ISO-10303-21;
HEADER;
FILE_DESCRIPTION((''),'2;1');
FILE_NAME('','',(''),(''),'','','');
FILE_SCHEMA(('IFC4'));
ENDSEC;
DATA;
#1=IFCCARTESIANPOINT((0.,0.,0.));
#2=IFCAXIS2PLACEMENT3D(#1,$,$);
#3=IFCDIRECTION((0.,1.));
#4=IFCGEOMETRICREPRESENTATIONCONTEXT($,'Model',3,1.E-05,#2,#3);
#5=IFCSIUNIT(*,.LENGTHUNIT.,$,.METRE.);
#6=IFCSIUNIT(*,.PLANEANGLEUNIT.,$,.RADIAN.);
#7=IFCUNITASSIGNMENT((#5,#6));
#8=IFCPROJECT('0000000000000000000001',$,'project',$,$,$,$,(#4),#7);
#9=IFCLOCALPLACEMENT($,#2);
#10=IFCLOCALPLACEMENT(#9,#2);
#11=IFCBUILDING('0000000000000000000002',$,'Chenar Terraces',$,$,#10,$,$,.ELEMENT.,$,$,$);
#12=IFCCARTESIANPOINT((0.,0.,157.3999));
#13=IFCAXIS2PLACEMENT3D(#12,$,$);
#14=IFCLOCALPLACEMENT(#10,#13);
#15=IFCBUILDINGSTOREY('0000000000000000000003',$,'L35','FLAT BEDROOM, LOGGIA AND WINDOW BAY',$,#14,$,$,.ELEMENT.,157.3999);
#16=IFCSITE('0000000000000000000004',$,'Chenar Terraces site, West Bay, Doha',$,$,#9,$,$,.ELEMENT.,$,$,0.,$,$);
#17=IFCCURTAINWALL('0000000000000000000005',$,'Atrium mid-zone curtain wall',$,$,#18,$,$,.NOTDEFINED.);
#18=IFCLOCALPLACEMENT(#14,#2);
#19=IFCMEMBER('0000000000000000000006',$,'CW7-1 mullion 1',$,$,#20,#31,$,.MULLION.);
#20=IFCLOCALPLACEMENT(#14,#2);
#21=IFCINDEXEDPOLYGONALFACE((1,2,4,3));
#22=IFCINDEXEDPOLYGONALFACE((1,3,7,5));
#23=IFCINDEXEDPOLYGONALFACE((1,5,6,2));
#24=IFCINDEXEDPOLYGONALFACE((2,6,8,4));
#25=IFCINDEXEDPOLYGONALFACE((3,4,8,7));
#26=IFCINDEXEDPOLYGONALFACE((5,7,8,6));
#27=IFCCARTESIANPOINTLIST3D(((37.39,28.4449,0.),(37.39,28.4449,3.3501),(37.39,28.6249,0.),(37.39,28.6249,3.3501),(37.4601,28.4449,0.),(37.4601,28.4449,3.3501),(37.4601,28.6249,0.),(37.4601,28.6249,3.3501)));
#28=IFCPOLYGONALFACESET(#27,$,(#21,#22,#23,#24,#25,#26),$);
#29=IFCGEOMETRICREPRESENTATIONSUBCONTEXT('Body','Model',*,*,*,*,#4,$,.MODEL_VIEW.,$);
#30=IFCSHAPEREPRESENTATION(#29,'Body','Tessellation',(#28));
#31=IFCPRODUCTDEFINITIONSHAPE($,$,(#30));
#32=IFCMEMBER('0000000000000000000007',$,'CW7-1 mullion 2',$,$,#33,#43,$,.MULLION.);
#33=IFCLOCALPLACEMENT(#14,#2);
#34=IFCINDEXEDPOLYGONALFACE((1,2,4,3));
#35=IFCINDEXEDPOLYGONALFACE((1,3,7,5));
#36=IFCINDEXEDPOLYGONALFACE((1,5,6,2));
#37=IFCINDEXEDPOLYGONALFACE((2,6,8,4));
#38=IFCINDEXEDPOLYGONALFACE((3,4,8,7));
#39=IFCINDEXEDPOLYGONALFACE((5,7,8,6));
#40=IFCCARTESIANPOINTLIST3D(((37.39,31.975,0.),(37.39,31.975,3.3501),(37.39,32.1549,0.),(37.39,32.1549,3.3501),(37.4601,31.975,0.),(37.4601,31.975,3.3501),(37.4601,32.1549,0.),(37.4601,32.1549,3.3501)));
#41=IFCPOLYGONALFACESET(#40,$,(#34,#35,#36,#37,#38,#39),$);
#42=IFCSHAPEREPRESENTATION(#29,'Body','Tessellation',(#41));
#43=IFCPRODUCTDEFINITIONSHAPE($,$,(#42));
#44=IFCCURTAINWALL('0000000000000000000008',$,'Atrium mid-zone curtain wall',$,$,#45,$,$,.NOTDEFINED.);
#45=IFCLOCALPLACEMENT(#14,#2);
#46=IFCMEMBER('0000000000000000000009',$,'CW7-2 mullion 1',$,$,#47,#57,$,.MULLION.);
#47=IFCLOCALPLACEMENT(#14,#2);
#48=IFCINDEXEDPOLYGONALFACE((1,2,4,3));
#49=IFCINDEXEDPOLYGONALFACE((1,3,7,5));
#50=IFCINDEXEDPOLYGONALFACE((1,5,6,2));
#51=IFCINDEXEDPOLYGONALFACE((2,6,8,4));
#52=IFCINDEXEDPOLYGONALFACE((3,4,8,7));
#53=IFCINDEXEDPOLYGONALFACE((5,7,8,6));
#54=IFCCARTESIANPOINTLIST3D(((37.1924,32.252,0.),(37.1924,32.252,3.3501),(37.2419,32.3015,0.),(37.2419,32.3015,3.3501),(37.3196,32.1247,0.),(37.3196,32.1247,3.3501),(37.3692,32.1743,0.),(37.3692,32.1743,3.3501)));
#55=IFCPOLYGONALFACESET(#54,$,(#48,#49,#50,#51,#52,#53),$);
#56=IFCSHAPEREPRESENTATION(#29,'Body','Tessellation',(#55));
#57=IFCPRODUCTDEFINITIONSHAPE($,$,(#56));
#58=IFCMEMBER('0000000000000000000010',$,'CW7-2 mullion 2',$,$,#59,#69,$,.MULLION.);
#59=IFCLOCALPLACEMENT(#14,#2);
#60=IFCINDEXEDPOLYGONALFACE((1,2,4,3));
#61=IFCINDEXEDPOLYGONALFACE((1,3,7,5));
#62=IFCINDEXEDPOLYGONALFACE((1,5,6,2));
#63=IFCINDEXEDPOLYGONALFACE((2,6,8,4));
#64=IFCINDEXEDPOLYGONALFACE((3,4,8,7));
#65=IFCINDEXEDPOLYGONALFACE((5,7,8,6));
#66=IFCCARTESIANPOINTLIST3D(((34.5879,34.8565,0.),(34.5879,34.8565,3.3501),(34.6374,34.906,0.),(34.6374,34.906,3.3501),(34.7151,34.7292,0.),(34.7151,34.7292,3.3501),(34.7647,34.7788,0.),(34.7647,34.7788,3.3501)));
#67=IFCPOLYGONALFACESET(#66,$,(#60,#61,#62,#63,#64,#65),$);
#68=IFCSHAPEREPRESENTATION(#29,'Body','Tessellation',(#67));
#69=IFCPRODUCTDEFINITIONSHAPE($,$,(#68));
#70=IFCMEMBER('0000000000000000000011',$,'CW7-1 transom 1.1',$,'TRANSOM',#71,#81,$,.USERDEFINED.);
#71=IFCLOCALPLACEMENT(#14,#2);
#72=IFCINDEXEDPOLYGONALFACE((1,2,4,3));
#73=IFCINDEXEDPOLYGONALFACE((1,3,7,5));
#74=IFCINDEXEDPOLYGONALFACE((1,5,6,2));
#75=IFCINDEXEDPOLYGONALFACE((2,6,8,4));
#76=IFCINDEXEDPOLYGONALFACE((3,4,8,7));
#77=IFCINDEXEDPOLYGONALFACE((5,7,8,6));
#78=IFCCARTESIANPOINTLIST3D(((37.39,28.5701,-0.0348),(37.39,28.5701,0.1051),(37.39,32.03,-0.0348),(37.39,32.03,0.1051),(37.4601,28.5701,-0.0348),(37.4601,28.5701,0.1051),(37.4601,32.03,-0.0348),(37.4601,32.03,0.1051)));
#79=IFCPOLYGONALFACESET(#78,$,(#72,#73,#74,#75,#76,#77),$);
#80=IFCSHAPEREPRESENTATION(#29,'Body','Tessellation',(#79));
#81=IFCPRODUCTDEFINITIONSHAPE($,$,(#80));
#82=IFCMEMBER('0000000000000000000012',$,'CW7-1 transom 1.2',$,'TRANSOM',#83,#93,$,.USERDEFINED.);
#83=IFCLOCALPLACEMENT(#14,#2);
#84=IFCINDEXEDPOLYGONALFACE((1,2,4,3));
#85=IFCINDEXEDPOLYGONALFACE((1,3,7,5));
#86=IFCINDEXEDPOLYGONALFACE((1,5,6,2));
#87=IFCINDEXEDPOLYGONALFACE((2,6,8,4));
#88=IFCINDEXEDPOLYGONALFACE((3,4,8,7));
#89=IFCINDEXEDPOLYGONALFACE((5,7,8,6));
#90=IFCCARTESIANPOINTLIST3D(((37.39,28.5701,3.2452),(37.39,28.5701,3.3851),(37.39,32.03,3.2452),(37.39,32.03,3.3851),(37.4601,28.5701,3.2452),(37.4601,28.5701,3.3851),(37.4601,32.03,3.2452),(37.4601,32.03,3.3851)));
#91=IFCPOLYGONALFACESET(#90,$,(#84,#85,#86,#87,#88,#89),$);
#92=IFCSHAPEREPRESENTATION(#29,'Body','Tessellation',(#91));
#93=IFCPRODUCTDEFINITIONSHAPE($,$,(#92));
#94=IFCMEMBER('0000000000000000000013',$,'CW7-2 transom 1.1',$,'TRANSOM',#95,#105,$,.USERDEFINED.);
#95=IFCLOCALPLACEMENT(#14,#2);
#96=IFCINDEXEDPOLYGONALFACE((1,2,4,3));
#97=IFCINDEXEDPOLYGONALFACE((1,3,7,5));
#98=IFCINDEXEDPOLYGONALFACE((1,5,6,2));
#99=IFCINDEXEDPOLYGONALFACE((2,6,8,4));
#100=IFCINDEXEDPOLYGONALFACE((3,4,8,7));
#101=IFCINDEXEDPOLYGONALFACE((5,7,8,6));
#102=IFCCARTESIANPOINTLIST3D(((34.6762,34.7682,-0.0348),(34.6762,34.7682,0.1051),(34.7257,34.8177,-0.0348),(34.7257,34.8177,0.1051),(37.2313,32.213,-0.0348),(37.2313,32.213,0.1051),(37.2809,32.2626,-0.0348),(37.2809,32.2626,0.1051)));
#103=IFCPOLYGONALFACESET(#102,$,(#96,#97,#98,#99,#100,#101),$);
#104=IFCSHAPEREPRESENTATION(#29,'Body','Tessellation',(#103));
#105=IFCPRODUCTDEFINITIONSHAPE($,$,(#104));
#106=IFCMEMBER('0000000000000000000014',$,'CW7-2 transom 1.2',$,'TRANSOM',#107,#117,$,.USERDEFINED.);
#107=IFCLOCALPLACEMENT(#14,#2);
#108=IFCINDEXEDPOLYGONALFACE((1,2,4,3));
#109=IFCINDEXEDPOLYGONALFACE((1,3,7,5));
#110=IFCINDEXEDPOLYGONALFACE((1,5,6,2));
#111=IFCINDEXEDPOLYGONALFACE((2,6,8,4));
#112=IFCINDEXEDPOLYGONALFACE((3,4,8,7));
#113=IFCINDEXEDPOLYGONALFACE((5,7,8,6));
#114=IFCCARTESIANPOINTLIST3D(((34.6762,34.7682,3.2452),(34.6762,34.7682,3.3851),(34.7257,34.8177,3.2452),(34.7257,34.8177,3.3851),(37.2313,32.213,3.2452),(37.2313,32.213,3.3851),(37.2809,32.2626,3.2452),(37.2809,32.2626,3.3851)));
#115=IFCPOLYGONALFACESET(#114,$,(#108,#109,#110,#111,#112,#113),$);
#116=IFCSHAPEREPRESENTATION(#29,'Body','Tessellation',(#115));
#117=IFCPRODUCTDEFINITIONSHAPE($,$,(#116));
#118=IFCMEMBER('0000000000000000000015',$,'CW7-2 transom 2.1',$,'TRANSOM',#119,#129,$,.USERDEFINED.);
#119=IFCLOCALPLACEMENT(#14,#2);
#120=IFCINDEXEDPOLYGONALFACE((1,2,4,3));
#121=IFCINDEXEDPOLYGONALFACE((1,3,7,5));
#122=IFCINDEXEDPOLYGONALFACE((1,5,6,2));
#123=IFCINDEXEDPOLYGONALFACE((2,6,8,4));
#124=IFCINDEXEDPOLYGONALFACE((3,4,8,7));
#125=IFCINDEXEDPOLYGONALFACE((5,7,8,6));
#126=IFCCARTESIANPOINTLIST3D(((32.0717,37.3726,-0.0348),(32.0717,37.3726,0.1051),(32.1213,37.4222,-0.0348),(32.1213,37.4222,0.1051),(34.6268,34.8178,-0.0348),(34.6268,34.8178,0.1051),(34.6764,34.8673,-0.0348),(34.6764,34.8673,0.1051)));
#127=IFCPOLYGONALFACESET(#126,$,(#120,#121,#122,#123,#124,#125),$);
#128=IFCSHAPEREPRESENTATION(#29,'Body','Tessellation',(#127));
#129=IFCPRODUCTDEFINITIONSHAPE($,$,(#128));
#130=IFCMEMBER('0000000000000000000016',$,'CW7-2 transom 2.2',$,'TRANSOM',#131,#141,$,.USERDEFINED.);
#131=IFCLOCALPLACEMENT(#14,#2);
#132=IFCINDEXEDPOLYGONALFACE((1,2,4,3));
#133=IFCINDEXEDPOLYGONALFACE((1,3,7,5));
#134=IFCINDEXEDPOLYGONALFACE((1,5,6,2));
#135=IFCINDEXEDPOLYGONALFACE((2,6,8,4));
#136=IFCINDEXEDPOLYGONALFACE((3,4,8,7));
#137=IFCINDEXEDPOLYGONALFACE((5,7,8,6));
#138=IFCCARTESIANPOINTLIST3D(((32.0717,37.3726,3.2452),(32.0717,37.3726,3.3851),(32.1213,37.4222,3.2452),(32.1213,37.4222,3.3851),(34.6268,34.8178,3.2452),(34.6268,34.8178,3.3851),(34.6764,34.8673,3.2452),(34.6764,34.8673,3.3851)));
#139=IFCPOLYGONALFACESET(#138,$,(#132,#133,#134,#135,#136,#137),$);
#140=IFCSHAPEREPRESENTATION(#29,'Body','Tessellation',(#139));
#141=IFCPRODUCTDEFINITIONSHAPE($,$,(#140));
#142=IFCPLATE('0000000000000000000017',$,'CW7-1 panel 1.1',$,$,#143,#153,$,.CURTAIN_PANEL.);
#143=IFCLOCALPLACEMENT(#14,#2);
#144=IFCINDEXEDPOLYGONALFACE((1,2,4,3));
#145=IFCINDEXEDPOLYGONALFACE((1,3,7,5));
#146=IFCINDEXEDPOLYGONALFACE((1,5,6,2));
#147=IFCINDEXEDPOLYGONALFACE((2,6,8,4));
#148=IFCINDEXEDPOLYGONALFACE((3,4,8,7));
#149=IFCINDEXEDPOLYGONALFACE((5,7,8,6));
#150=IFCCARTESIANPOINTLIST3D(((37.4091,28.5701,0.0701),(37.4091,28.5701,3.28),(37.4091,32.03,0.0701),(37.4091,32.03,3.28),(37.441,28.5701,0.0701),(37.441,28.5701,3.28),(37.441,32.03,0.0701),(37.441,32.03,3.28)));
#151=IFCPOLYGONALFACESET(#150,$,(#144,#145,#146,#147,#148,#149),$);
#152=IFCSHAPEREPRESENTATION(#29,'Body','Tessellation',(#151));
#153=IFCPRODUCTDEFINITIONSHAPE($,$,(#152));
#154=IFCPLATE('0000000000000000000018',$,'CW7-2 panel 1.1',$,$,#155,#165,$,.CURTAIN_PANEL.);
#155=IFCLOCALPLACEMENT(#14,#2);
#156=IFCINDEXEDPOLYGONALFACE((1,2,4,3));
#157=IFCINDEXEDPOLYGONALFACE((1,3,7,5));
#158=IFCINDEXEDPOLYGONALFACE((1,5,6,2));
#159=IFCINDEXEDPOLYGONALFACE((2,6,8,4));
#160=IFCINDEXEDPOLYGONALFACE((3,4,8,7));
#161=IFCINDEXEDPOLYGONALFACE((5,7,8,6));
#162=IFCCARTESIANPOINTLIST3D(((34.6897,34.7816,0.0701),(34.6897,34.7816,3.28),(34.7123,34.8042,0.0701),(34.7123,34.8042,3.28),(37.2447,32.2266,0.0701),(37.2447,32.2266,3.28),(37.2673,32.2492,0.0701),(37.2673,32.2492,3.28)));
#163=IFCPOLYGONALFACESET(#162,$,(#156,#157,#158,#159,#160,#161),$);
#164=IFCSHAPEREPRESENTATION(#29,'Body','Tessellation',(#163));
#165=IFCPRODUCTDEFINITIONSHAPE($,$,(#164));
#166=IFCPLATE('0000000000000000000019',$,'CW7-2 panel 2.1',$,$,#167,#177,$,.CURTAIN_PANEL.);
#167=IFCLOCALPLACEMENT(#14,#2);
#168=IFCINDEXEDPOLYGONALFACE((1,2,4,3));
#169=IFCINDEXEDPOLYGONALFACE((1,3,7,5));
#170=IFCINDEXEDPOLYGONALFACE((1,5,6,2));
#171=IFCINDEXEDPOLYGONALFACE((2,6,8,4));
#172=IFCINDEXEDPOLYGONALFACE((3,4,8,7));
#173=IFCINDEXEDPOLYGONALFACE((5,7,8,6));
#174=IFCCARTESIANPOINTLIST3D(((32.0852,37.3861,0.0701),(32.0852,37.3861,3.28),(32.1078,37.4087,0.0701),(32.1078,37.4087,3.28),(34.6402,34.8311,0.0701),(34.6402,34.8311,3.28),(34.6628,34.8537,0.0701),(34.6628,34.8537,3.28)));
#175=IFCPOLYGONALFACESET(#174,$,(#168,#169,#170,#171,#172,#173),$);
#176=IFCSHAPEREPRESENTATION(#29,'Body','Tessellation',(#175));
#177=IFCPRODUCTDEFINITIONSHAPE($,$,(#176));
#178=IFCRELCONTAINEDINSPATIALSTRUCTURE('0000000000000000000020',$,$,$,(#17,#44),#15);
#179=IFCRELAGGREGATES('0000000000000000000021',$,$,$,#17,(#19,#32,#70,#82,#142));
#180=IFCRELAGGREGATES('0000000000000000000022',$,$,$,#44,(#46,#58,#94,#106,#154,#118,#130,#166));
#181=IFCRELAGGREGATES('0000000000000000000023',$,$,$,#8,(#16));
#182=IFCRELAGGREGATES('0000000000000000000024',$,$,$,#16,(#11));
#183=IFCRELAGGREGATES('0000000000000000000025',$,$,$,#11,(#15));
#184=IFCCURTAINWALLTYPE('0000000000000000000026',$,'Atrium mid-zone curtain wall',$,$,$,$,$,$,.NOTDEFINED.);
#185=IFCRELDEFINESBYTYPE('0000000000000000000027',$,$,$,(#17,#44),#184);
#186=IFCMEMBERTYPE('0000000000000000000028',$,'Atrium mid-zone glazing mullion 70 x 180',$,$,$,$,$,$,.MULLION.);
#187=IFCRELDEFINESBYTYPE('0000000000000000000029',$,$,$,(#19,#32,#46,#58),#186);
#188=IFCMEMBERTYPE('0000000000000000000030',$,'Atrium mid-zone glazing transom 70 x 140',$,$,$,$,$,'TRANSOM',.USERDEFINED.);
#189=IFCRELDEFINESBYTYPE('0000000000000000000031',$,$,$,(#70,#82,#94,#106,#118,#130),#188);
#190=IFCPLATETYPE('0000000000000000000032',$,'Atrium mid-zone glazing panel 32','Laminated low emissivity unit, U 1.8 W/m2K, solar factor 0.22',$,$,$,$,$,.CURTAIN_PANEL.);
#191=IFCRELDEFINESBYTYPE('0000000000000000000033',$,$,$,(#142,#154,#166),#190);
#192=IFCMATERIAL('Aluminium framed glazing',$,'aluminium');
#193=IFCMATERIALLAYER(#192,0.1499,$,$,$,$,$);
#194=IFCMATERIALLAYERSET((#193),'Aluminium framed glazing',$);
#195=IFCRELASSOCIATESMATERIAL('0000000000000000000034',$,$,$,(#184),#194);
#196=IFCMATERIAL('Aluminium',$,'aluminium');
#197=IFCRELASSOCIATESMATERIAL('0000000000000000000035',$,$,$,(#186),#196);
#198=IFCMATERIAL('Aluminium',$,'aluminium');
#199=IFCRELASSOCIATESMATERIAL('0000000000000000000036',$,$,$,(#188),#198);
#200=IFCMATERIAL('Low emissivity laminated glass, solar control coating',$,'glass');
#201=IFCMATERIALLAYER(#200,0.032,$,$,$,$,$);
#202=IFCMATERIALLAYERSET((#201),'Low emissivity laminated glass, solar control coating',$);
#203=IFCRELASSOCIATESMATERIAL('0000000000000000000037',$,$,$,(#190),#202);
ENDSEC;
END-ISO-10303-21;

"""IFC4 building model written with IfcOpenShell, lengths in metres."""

from ifc_helpers import new_model, si_unit, direction, frame, origin, origin_2d, place, context, subcontext, project, spatial, rectangle, extrude, material, layer, layer_set, material_profile, profile_set, type_object, element, aggregate, save


model = new_model("IFC4")

# Units and contexts
model_context = context("Model", 3, precision=1e-05, world=origin(), true_north=direction((0.0, 1.0)))
body_context = subcontext(model_context, "Body", "Model", "MODEL_VIEW")
ifc_project = project(units=[si_unit("LENGTHUNIT", "METRE"), si_unit("PLANEANGLEUNIT", "RADIAN")], contexts=[model_context])

# Site, building, storey
site_placement = place(None, origin())
site = spatial("IfcSite", under=ifc_project, at=site_placement, Name="Chenar Terraces site, West Bay, Doha", CompositionType="ELEMENT", RefElevation=0.0)
building_placement = place(site_placement, origin())
building = spatial("IfcBuilding", under=site, at=building_placement, Name="Chenar Terraces", CompositionType="ELEMENT")
storey_placement = place(building_placement, frame((0.0, 0.0, 157.3999)))
storey = spatial("IfcBuildingStorey", under=building, at=storey_placement, Name="L35", Description="FLAT BEDROOM, LOGGIA AND WINDOW BAY", CompositionType="ELEMENT", Elevation=157.3999)

# Curtain walls, members
ifc_material_1 = material(Name="Aluminium framed glazing", Category="aluminium")
ifc_layer_1 = layer(ifc_material_1, 0.1499)
ifc_layer_set_1 = layer_set([ifc_layer_1], Name="Aluminium framed glazing")
curtain_wall_type = type_object("IfcCurtainWallType", Name="Atrium mid-zone curtain wall", PredefinedType="NOTDEFINED", material=ifc_layer_set_1)
placement = place(storey_placement, origin())
curtain_wall_1 = element("IfcCurtainWall", 1, at=placement, inside=storey, type_object=curtain_wall_type, Name="Atrium mid-zone curtain wall", PredefinedType="NOTDEFINED")
ifc_material_2 = material(Name="Aluminium", Category="aluminium")
ifc_material_profile_1 = material_profile(ifc_material_2, rectangle(XDim=0.0701, YDim=0.1799, at=origin_2d()), Name="Atrium mid-zone glazing mullion 70 x 180")
ifc_profile_set_1 = profile_set([ifc_material_profile_1], Name="Aluminium")
member_type_1 = type_object("IfcMemberType", Name="Atrium mid-zone glazing mullion 70 x 180", PredefinedType="MULLION", material=ifc_profile_set_1)
member_1_placement = place(storey_placement, frame((37.425, 28.5349, 0.0), z_axis=(0.0, 0.0, 1.0), x_axis=(-1.0, 0.0, 0.0)))
member_1 = element("IfcMember", 2, at=member_1_placement, type_object=member_type_1, Name="CW7-1 mullion 1", PredefinedType="MULLION", context=body_context, shape_type="SweptSolid", body=[
    extrude(rectangle(XDim=0.0701, YDim=0.1799, at=origin_2d()), origin(), (0.0, 0.0, 1.0), 3.3501),
])
member_2_placement = place(storey_placement, frame((37.425, 32.0649, 0.0), z_axis=(0.0, 0.0, 1.0), x_axis=(-1.0, 0.0, 0.0)))
member_2 = element("IfcMember", 3, at=member_2_placement, type_object=member_type_1, Name="CW7-1 mullion 2", PredefinedType="MULLION", context=body_context, shape_type="SweptSolid", body=[
    extrude(rectangle(XDim=0.0701, YDim=0.1799, at=origin_2d()), origin(), (0.0, 0.0, 1.0), 3.3501),
])
curtain_wall_2 = element("IfcCurtainWall", 4, at=placement, inside=storey, type_object=curtain_wall_type, Name="Atrium mid-zone curtain wall", PredefinedType="NOTDEFINED")
member_3_placement = place(storey_placement, frame((37.2808, 32.2131, 0.0), z_axis=(0.0, 0.0, 1.0), x_axis=(-0.707107, -0.707107, 0.0)))
member_3 = element("IfcMember", 5, at=member_3_placement, type_object=member_type_1, Name="CW7-2 mullion 1", PredefinedType="MULLION", context=body_context, shape_type="SweptSolid", body=[
    extrude(rectangle(XDim=0.0701, YDim=0.1799, at=origin_2d()), origin(), (0.0, 0.0, 1.0), 3.3501),
])
member_4_placement = place(storey_placement, frame((34.6763, 34.8176, 0.0), z_axis=(0.0, 0.0, 1.0), x_axis=(-0.707107, -0.707107, 0.0)))
member_4 = element("IfcMember", 6, at=member_4_placement, type_object=member_type_1, Name="CW7-2 mullion 2", PredefinedType="MULLION", context=body_context, shape_type="SweptSolid", body=[
    extrude(rectangle(XDim=0.0701, YDim=0.1799, at=origin_2d()), origin(), (0.0, 0.0, 1.0), 3.3501),
])

# Members
ifc_material_3 = material(Name="Aluminium", Category="aluminium")
ifc_material_profile_2 = material_profile(ifc_material_3, rectangle(XDim=0.0701, YDim=0.1399, at=origin_2d()), Name="Atrium mid-zone glazing transom 70 x 140")
ifc_profile_set_2 = profile_set([ifc_material_profile_2], Name="Aluminium")
member_type_2 = type_object("IfcMemberType", Name="Atrium mid-zone glazing transom 70 x 140", ElementType="TRANSOM", PredefinedType="USERDEFINED", material=ifc_profile_set_2)
member_5_placement = place(storey_placement, frame((37.425, 28.5701, 0.0352), z_axis=(0.0, 1.0, 0.0), x_axis=(-1.0, 0.0, 0.0)))
member_5 = element("IfcMember", 7, at=member_5_placement, type_object=member_type_2, Name="CW7-1 transom 1.1", ObjectType="TRANSOM", PredefinedType="USERDEFINED", context=body_context, shape_type="SweptSolid", body=[
    extrude(rectangle(XDim=0.0701, YDim=0.1399, at=origin_2d()), origin(), (0.0, 0.0, 1.0), 3.46),
])
member_6_placement = place(storey_placement, frame((37.425, 28.5701, 3.3152), z_axis=(0.0, 1.0, 0.0), x_axis=(-1.0, 0.0, 0.0)))
member_6 = element("IfcMember", 8, at=member_6_placement, type_object=member_type_2, Name="CW7-1 transom 1.2", ObjectType="TRANSOM", PredefinedType="USERDEFINED", context=body_context, shape_type="SweptSolid", body=[
    extrude(rectangle(XDim=0.0701, YDim=0.1399, at=origin_2d()), origin(), (0.0, 0.0, 1.0), 3.46),
])
member_7_placement = place(storey_placement, frame((37.2561, 32.2378, 0.0352), z_axis=(-0.707107, 0.707107, 0.0), x_axis=(-0.707107, -0.707107, 0.0)))
member_7 = element("IfcMember", 9, at=member_7_placement, type_object=member_type_2, Name="CW7-2 transom 1.1", ObjectType="TRANSOM", PredefinedType="USERDEFINED", context=body_context, shape_type="SweptSolid", body=[
    extrude(rectangle(XDim=0.0701, YDim=0.1399, at=origin_2d()), origin(), (0.0, 0.0, 1.0), 3.6135),
])
member_8_placement = place(storey_placement, frame((37.2561, 32.2378, 3.3152), z_axis=(-0.707107, 0.707107, 0.0), x_axis=(-0.707107, -0.707107, 0.0)))
member_8 = element("IfcMember", 10, at=member_8_placement, type_object=member_type_2, Name="CW7-2 transom 1.2", ObjectType="TRANSOM", PredefinedType="USERDEFINED", context=body_context, shape_type="SweptSolid", body=[
    extrude(rectangle(XDim=0.0701, YDim=0.1399, at=origin_2d()), origin(), (0.0, 0.0, 1.0), 3.6135),
])
member_9_placement = place(storey_placement, frame((34.6516, 34.8425, 0.0352), z_axis=(-0.707141, 0.707073, 0.0), x_axis=(-0.707073, -0.707141, 0.0)))
member_9 = element("IfcMember", 11, at=member_9_placement, type_object=member_type_2, Name="CW7-2 transom 2.1", ObjectType="TRANSOM", PredefinedType="USERDEFINED", context=body_context, shape_type="SweptSolid", body=[
    extrude(rectangle(XDim=0.0701, YDim=0.1399, at=origin_2d()), origin(), (0.0, 0.0, 1.0), 3.6133),
])
member_10_placement = place(storey_placement, frame((34.6516, 34.8425, 3.3152), z_axis=(-0.707141, 0.707073, 0.0), x_axis=(-0.707073, -0.707141, 0.0)))
member_10 = element("IfcMember", 12, at=member_10_placement, type_object=member_type_2, Name="CW7-2 transom 2.2", ObjectType="TRANSOM", PredefinedType="USERDEFINED", context=body_context, shape_type="SweptSolid", body=[
    extrude(rectangle(XDim=0.0701, YDim=0.1399, at=origin_2d()), origin(), (0.0, 0.0, 1.0), 3.6133),
])

# Plates
ifc_material_4 = material(Name="Low emissivity laminated glass, solar control coating", Category="glass")
ifc_layer_2 = layer(ifc_material_4, 0.032)
ifc_layer_set_2 = layer_set([ifc_layer_2], Name="Low emissivity laminated glass, solar control coating")
plate_type = type_object("IfcPlateType", Name="Atrium mid-zone glazing panel 32", Description="Laminated low emissivity unit, U 1.8 W/m2K, solar factor 0.22", PredefinedType="CURTAIN_PANEL", material=ifc_layer_set_2)
plate_1_placement = place(storey_placement, frame((37.425, 30.3, 0.0701), z_axis=(0.0, 0.0, 1.0), x_axis=(0.0, 1.0, 0.0)))
plate_1 = element("IfcPlate", 13, at=plate_1_placement, type_object=plate_type, Name="CW7-1 panel 1.1", PredefinedType="CURTAIN_PANEL", context=body_context, shape_type="SweptSolid", body=[
    extrude(rectangle(XDim=3.46, YDim=0.032, at=origin_2d()), origin(), (0.0, 0.0, 1.0), 3.21),
])
aggregate(curtain_wall_1, [member_1, member_2, member_5, member_6, plate_1])
plate_2_placement = place(storey_placement, frame((35.9785, 33.5154, 0.0701), z_axis=(0.0, 0.0, 1.0), x_axis=(-0.707107, 0.707107, 0.0)))
plate_2 = element("IfcPlate", 14, at=plate_2_placement, type_object=plate_type, Name="CW7-2 panel 1.1", PredefinedType="CURTAIN_PANEL", context=body_context, shape_type="SweptSolid", body=[
    extrude(rectangle(XDim=3.6133, YDim=0.032, at=origin_2d()), origin(), (0.0, 0.0, 1.0), 3.21),
])
plate_3_placement = place(storey_placement, frame((33.374, 36.1199, 0.0701), z_axis=(0.0, 0.0, 1.0), x_axis=(-0.707107, 0.707107, 0.0)))
plate_3 = element("IfcPlate", 15, at=plate_3_placement, type_object=plate_type, Name="CW7-2 panel 2.1", PredefinedType="CURTAIN_PANEL", context=body_context, shape_type="SweptSolid", body=[
    extrude(rectangle(XDim=3.6133, YDim=0.032, at=origin_2d()), origin(), (0.0, 0.0, 1.0), 3.21),
])
aggregate(curtain_wall_2, [member_3, member_4, member_7, member_8, plate_2, member_9, member_10, plate_3])

save(model, "model.ifc")
